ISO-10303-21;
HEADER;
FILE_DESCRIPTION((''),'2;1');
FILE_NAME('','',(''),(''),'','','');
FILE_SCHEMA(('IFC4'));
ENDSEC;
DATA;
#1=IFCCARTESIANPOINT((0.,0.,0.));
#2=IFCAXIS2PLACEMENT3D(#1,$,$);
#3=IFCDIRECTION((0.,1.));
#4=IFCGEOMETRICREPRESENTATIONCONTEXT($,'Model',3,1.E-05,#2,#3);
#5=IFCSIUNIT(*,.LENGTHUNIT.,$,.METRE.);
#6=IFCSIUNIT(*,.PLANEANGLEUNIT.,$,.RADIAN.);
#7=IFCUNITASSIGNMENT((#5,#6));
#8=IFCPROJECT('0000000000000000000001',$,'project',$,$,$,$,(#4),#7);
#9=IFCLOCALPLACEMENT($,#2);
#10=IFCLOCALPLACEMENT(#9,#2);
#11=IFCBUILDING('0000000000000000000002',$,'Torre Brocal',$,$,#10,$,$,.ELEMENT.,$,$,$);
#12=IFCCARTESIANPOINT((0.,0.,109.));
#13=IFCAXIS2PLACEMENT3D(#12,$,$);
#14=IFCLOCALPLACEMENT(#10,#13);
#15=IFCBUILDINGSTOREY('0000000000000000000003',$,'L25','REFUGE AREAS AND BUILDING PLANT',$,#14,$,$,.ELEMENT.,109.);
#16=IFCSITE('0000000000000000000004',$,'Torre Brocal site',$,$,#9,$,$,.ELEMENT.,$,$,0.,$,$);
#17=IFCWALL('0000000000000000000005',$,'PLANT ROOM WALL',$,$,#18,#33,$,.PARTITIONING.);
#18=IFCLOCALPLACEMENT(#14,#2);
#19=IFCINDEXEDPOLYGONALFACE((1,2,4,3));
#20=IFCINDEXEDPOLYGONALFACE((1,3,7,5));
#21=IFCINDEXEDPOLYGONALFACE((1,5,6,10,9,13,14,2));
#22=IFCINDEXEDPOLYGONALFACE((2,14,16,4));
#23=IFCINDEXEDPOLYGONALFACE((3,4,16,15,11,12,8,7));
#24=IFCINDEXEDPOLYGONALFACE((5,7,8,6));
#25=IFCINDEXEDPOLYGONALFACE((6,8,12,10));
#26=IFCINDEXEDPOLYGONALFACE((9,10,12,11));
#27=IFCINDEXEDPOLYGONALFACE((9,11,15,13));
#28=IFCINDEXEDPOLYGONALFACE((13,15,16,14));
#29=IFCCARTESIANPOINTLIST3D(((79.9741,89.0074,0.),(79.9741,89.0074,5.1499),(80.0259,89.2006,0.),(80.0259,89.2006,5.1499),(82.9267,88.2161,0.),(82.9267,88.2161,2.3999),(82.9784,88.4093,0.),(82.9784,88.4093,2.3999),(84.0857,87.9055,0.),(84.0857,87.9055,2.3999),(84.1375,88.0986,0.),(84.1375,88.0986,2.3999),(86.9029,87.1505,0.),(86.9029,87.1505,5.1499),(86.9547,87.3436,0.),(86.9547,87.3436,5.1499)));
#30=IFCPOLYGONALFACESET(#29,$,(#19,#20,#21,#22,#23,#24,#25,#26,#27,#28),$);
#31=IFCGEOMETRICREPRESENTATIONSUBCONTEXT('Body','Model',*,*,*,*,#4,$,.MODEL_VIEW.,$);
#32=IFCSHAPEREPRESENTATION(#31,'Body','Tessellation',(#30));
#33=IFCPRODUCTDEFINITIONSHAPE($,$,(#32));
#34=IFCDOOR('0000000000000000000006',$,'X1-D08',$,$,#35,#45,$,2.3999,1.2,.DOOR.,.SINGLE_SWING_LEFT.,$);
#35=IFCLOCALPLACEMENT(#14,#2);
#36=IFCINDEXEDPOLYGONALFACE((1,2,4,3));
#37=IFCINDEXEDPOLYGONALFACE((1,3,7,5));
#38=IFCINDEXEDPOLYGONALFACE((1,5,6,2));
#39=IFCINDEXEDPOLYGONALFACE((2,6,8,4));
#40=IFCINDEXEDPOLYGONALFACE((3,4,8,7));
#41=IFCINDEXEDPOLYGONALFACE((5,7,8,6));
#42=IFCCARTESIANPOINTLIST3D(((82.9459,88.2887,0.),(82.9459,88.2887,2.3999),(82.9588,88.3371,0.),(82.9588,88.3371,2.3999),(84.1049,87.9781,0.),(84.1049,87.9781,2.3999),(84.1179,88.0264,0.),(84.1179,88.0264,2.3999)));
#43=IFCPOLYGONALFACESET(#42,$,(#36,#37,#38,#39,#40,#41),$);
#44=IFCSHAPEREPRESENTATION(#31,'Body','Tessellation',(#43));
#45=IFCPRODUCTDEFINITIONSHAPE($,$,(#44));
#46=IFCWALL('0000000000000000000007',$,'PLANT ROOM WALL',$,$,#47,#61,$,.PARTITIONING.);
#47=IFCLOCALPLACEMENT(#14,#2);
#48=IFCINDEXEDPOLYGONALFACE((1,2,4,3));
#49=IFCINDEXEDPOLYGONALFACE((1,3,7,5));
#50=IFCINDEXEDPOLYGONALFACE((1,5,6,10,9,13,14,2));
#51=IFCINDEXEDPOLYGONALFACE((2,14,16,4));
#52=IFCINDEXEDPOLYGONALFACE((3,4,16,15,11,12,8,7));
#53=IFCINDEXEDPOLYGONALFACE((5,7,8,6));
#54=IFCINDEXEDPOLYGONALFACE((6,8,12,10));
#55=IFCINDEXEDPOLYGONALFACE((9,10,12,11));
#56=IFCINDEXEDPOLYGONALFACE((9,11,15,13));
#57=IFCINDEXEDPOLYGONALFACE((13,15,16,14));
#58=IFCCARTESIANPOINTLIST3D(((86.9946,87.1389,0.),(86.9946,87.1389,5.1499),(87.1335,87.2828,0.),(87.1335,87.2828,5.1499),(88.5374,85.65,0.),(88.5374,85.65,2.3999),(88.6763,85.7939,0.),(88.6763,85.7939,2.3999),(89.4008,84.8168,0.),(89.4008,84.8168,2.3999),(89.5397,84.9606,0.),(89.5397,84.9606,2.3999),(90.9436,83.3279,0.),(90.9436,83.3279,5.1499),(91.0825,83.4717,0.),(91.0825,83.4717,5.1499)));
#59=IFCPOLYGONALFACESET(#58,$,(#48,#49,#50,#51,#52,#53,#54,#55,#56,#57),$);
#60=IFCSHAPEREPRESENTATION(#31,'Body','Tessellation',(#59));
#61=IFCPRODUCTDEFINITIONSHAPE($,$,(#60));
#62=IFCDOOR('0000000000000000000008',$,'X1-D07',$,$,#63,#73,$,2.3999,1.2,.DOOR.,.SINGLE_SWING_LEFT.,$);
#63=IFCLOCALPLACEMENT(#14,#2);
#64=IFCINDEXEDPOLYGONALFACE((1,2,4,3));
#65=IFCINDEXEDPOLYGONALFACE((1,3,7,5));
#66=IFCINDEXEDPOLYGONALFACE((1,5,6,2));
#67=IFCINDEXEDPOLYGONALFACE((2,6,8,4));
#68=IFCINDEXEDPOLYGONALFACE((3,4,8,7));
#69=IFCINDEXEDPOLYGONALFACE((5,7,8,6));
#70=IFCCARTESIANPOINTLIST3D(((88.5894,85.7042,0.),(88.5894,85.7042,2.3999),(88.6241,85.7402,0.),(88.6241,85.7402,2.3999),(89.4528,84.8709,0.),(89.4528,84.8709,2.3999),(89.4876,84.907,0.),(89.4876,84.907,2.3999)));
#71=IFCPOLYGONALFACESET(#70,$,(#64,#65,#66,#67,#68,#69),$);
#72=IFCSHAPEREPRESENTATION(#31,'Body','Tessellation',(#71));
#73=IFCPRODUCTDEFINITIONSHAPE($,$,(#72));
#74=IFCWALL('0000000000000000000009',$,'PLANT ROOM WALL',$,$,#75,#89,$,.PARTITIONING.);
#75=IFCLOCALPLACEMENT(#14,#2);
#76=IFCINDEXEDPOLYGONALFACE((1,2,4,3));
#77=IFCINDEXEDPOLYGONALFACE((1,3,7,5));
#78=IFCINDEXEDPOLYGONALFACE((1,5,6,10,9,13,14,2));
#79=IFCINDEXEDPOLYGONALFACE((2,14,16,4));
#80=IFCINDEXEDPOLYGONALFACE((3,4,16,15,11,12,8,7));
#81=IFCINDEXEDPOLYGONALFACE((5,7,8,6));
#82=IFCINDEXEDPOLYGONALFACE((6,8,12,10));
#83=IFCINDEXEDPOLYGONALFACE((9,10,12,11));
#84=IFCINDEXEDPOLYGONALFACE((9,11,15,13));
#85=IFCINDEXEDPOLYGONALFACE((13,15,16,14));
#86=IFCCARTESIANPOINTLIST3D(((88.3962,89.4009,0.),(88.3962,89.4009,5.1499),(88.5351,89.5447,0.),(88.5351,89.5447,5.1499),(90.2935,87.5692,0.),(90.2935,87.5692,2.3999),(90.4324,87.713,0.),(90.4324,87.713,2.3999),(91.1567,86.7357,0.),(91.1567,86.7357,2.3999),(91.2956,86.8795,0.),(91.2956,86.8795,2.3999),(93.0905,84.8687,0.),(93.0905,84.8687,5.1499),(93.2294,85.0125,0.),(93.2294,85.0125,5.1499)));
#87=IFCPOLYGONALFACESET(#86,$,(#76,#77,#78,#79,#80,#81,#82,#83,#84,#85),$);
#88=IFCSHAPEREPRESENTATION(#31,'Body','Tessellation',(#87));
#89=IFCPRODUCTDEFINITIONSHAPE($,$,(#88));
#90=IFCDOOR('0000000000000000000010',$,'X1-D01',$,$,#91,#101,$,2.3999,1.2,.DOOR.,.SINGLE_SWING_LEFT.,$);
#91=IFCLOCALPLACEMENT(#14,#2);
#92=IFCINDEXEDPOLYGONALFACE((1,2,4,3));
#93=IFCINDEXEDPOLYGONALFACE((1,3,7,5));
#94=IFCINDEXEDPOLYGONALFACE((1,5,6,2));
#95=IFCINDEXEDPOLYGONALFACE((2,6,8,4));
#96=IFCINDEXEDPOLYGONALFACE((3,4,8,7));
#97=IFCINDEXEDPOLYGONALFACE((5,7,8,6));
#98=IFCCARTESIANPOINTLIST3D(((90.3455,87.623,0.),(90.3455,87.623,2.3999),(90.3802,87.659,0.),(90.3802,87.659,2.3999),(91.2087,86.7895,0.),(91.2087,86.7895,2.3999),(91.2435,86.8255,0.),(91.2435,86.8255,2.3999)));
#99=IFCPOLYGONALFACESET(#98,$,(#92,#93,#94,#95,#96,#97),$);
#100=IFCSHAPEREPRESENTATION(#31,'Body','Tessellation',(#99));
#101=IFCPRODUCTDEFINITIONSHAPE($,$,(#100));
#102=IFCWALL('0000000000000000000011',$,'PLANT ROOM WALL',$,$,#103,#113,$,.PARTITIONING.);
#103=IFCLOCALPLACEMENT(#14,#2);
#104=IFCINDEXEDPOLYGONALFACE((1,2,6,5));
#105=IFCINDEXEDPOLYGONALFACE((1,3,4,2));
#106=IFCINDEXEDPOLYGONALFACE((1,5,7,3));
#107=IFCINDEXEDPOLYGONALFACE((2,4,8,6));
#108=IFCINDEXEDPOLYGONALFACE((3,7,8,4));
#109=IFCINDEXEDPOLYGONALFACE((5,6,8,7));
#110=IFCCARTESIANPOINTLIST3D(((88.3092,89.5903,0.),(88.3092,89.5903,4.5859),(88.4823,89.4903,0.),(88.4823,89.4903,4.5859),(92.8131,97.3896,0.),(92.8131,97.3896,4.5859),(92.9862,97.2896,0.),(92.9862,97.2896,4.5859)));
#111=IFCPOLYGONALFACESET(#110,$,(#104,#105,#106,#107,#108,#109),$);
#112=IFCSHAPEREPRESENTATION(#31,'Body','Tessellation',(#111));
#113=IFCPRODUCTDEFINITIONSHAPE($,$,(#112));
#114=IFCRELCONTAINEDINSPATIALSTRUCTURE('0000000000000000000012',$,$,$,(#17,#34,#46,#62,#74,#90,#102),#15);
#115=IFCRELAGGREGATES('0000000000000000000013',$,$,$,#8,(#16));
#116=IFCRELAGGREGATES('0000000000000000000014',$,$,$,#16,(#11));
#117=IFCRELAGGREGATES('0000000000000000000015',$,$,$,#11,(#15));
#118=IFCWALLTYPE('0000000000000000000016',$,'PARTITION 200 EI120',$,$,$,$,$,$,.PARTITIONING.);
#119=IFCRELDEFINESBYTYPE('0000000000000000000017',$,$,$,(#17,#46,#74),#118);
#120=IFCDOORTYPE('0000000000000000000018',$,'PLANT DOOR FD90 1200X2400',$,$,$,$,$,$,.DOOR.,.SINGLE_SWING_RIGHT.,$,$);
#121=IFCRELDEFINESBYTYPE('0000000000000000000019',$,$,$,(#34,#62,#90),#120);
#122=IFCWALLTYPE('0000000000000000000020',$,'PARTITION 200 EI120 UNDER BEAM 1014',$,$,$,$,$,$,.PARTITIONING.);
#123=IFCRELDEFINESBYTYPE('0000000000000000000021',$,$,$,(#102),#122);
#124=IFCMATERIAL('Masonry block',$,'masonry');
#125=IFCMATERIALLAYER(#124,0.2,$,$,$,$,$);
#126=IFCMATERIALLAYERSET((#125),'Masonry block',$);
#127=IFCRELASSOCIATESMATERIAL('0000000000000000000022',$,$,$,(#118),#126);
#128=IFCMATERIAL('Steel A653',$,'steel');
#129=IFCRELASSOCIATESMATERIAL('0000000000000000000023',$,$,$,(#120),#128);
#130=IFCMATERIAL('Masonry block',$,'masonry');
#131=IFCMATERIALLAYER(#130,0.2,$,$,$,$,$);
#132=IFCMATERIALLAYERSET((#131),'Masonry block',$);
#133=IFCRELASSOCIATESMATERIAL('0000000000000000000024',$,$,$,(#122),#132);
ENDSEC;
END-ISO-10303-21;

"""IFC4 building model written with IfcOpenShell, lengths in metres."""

from ifc_helpers import new_model, si_unit, direction, frame, frame_2d, origin, place, context, subcontext, project, spatial, rectangle, extrude, material, layer, layer_set, type_object, element, fill, save


model = new_model("IFC4")

# Units and contexts
model_context = context("Model", 3, precision=1e-05, world=origin(), true_north=direction((0.0, 1.0)))
body_context = subcontext(model_context, "Body", "Model", "MODEL_VIEW")
ifc_project = project(units=[si_unit("LENGTHUNIT", "METRE"), si_unit("PLANEANGLEUNIT", "RADIAN")], contexts=[model_context])

# Site, building, storey
site_placement = place(None, origin())
site = spatial("IfcSite", under=ifc_project, at=site_placement, Name="Torre Brocal site", CompositionType="ELEMENT", RefElevation=0.0)
building_placement = place(site_placement, origin())
building = spatial("IfcBuilding", under=site, at=building_placement, Name="Torre Brocal", CompositionType="ELEMENT")
storey_placement = place(building_placement, frame((0.0, 0.0, 109.0)))
storey = spatial("IfcBuildingStorey", under=building, at=storey_placement, Name="L25", Description="REFUGE AREAS AND BUILDING PLANT", CompositionType="ELEMENT", Elevation=109.0)

# Walls, openings, doors
ifc_material_1 = material(Name="Masonry block", Category="masonry")
ifc_layer_1 = layer(ifc_material_1, 0.2)
ifc_layer_set_1 = layer_set([ifc_layer_1], Name="Masonry block")
wall_type_1 = type_object("IfcWallType", Name="PARTITION 200 EI120", PredefinedType="PARTITIONING", material=ifc_layer_set_1)
wall_1_placement = place(storey_placement, frame((80.0, 89.104, 0.0), z_axis=(0.0, 0.0, 1.0), x_axis=(0.965912, -0.25887, 0.0)))
wall_1 = element("IfcWall", 1, at=wall_1_placement, inside=storey, type_object=wall_type_1, Name="PLANT ROOM WALL", PredefinedType="PARTITIONING", context=body_context, shape_type="SweptSolid", body=[
    extrude(rectangle(XDim=7.1733, YDim=0.2, at=frame_2d((3.5867, 0.0))), origin(), (0.0, 0.0, 1.0), 5.1499),
])
opening_1_placement = place(wall_1_placement, frame((3.0566, 0.0, 0.0)))
opening_1 = element("IfcOpeningElement", 2, at=opening_1_placement, cuts=wall_1, PredefinedType="OPENING", context=body_context, shape_type="SweptSolid", body=[
    extrude(rectangle(XDim=1.2, YDim=2.3999, at=frame_2d((0.6001, 1.2))), frame((0.0, 0.1099, 0.0), z_axis=(0.0, -1.0, 0.0), x_axis=(1.0, 0.0, 0.0)), (0.0, 0.0, 1.0), 0.22),
])
ifc_material_2 = material(Name="Steel A653", Category="steel")
door_type = type_object("IfcDoorType", Name="PLANT DOOR FD90 1200X2400", OperationType="SINGLE_SWING_RIGHT", PredefinedType="DOOR", material=ifc_material_2)
door_1_placement = place(opening_1_placement, frame((1.2, 0.0, 0.0), z_axis=(0.0, 0.0, 1.0), x_axis=(-1.0, 0.0, 0.0)))
door_1 = element("IfcDoor", 3, at=door_1_placement, inside=storey, type_object=door_type, Name="X1-D08", OperationType="SINGLE_SWING_LEFT", OverallHeight=2.3999, OverallWidth=1.2, PredefinedType="DOOR", context=body_context, shape_type="SweptSolid", body=[
    extrude(rectangle(XDim=1.2, YDim=2.3999, at=frame_2d((0.6001, 1.2))), frame((0.0, 0.0249, 0.0), z_axis=(0.0, -1.0, 0.0), x_axis=(1.0, 0.0, 0.0)), (0.0, 0.0, 1.0), 0.05),
])
fill(opening_1, door_1)
wall_2_placement = place(storey_placement, frame((87.064, 87.2109, 0.0), z_axis=(0.0, 0.0, 1.0), x_axis=(0.719562, -0.694428, 0.0)))
wall_2 = element("IfcWall", 4, at=wall_2_placement, inside=storey, type_object=wall_type_1, Name="PLANT ROOM WALL", PredefinedType="PARTITIONING", context=body_context, shape_type="SweptSolid", body=[
    extrude(rectangle(XDim=5.488, YDim=0.2, at=frame_2d((2.7441, 0.0))), origin(), (0.0, 0.0, 1.0), 5.1499),
])
opening_2_placement = place(wall_2_placement, frame((2.144, 0.0, 0.0)))
opening_2 = element("IfcOpeningElement", 5, at=opening_2_placement, cuts=wall_2, PredefinedType="OPENING", context=body_context, shape_type="SweptSolid", body=[
    extrude(rectangle(XDim=1.2, YDim=2.3999, at=frame_2d((0.6001, 1.2))), frame((0.0, 0.1099, 0.0), z_axis=(0.0, -1.0, 0.0), x_axis=(1.0, 0.0, 0.0)), (0.0, 0.0, 1.0), 0.22),
])
door_2_placement = place(opening_2_placement, frame((1.2, 0.0, 0.0), z_axis=(0.0, 0.0, 1.0), x_axis=(-1.0, 0.0, 0.0)))
door_2 = element("IfcDoor", 6, at=door_2_placement, inside=storey, type_object=door_type, Name="X1-D07", OperationType="SINGLE_SWING_LEFT", OverallHeight=2.3999, OverallWidth=1.2, PredefinedType="DOOR", context=body_context, shape_type="SweptSolid", body=[
    extrude(rectangle(XDim=1.2, YDim=2.3999, at=frame_2d((0.6001, 1.2))), frame((0.0, 0.0249, 0.0), z_axis=(0.0, -1.0, 0.0), x_axis=(1.0, 0.0, 0.0)), (0.0, 0.0, 1.0), 0.05),
])
fill(opening_2, door_2)
wall_3_placement = place(storey_placement, frame((88.4656, 89.4729, 0.0), z_axis=(0.0, 0.0, 1.0), x_axis=(0.71942, -0.694576, 0.0)))
wall_3 = element("IfcWall", 7, at=wall_3_placement, inside=storey, type_object=wall_type_1, Name="PLANT ROOM WALL", PredefinedType="PARTITIONING", context=body_context, shape_type="SweptSolid", body=[
    extrude(rectangle(XDim=6.5251, YDim=0.2, at=frame_2d((3.2627, 0.0))), origin(), (0.0, 0.0, 1.0), 5.1499),
])
opening_3_placement = place(wall_3_placement, frame((2.6372, 0.0, 0.0)))
opening_3 = element("IfcOpeningElement", 8, at=opening_3_placement, cuts=wall_3, PredefinedType="OPENING", context=body_context, shape_type="SweptSolid", body=[
    extrude(rectangle(XDim=1.2, YDim=2.3999, at=frame_2d((0.6001, 1.2))), frame((0.0, 0.1099, 0.0), z_axis=(0.0, -1.0, 0.0), x_axis=(1.0, 0.0, 0.0)), (0.0, 0.0, 1.0), 0.22),
])
door_3_placement = place(opening_3_placement, origin())
door_3 = element("IfcDoor", 9, at=door_3_placement, inside=storey, type_object=door_type, Name="X1-D01", OperationType="SINGLE_SWING_LEFT", OverallHeight=2.3999, OverallWidth=1.2, PredefinedType="DOOR", context=body_context, shape_type="SweptSolid", body=[
    extrude(rectangle(XDim=1.2, YDim=2.3999, at=frame_2d((0.6001, 1.2))), frame((0.0, 0.0249, 0.0), z_axis=(0.0, -1.0, 0.0), x_axis=(1.0, 0.0, 0.0)), (0.0, 0.0, 1.0), 0.05),
])
fill(opening_3, door_3)

# Wall
ifc_material_3 = material(Name="Masonry block", Category="masonry")
ifc_layer_2 = layer(ifc_material_3, 0.2)
ifc_layer_set_2 = layer_set([ifc_layer_2], Name="Masonry block")
wall_type_2 = type_object("IfcWallType", Name="PARTITION 200 EI120 UNDER BEAM 1014", PredefinedType="PARTITIONING", material=ifc_layer_set_2)
wall_4_placement = place(storey_placement, frame((88.3958, 89.5403, 0.0), z_axis=(0.0, 0.0, 1.0), x_axis=(0.500081, 0.865979, 0.0)))
element("IfcWall", 10, at=wall_4_placement, inside=storey, type_object=wall_type_2, Name="PLANT ROOM WALL", PredefinedType="PARTITIONING", context=body_context, shape_type="SweptSolid", body=[
    extrude(rectangle(XDim=9.0063, YDim=0.2, at=frame_2d((4.5032, 0.0))), origin(), (0.0, 0.0, 1.0), 4.5859),
])

save(model, "model.ifc")
